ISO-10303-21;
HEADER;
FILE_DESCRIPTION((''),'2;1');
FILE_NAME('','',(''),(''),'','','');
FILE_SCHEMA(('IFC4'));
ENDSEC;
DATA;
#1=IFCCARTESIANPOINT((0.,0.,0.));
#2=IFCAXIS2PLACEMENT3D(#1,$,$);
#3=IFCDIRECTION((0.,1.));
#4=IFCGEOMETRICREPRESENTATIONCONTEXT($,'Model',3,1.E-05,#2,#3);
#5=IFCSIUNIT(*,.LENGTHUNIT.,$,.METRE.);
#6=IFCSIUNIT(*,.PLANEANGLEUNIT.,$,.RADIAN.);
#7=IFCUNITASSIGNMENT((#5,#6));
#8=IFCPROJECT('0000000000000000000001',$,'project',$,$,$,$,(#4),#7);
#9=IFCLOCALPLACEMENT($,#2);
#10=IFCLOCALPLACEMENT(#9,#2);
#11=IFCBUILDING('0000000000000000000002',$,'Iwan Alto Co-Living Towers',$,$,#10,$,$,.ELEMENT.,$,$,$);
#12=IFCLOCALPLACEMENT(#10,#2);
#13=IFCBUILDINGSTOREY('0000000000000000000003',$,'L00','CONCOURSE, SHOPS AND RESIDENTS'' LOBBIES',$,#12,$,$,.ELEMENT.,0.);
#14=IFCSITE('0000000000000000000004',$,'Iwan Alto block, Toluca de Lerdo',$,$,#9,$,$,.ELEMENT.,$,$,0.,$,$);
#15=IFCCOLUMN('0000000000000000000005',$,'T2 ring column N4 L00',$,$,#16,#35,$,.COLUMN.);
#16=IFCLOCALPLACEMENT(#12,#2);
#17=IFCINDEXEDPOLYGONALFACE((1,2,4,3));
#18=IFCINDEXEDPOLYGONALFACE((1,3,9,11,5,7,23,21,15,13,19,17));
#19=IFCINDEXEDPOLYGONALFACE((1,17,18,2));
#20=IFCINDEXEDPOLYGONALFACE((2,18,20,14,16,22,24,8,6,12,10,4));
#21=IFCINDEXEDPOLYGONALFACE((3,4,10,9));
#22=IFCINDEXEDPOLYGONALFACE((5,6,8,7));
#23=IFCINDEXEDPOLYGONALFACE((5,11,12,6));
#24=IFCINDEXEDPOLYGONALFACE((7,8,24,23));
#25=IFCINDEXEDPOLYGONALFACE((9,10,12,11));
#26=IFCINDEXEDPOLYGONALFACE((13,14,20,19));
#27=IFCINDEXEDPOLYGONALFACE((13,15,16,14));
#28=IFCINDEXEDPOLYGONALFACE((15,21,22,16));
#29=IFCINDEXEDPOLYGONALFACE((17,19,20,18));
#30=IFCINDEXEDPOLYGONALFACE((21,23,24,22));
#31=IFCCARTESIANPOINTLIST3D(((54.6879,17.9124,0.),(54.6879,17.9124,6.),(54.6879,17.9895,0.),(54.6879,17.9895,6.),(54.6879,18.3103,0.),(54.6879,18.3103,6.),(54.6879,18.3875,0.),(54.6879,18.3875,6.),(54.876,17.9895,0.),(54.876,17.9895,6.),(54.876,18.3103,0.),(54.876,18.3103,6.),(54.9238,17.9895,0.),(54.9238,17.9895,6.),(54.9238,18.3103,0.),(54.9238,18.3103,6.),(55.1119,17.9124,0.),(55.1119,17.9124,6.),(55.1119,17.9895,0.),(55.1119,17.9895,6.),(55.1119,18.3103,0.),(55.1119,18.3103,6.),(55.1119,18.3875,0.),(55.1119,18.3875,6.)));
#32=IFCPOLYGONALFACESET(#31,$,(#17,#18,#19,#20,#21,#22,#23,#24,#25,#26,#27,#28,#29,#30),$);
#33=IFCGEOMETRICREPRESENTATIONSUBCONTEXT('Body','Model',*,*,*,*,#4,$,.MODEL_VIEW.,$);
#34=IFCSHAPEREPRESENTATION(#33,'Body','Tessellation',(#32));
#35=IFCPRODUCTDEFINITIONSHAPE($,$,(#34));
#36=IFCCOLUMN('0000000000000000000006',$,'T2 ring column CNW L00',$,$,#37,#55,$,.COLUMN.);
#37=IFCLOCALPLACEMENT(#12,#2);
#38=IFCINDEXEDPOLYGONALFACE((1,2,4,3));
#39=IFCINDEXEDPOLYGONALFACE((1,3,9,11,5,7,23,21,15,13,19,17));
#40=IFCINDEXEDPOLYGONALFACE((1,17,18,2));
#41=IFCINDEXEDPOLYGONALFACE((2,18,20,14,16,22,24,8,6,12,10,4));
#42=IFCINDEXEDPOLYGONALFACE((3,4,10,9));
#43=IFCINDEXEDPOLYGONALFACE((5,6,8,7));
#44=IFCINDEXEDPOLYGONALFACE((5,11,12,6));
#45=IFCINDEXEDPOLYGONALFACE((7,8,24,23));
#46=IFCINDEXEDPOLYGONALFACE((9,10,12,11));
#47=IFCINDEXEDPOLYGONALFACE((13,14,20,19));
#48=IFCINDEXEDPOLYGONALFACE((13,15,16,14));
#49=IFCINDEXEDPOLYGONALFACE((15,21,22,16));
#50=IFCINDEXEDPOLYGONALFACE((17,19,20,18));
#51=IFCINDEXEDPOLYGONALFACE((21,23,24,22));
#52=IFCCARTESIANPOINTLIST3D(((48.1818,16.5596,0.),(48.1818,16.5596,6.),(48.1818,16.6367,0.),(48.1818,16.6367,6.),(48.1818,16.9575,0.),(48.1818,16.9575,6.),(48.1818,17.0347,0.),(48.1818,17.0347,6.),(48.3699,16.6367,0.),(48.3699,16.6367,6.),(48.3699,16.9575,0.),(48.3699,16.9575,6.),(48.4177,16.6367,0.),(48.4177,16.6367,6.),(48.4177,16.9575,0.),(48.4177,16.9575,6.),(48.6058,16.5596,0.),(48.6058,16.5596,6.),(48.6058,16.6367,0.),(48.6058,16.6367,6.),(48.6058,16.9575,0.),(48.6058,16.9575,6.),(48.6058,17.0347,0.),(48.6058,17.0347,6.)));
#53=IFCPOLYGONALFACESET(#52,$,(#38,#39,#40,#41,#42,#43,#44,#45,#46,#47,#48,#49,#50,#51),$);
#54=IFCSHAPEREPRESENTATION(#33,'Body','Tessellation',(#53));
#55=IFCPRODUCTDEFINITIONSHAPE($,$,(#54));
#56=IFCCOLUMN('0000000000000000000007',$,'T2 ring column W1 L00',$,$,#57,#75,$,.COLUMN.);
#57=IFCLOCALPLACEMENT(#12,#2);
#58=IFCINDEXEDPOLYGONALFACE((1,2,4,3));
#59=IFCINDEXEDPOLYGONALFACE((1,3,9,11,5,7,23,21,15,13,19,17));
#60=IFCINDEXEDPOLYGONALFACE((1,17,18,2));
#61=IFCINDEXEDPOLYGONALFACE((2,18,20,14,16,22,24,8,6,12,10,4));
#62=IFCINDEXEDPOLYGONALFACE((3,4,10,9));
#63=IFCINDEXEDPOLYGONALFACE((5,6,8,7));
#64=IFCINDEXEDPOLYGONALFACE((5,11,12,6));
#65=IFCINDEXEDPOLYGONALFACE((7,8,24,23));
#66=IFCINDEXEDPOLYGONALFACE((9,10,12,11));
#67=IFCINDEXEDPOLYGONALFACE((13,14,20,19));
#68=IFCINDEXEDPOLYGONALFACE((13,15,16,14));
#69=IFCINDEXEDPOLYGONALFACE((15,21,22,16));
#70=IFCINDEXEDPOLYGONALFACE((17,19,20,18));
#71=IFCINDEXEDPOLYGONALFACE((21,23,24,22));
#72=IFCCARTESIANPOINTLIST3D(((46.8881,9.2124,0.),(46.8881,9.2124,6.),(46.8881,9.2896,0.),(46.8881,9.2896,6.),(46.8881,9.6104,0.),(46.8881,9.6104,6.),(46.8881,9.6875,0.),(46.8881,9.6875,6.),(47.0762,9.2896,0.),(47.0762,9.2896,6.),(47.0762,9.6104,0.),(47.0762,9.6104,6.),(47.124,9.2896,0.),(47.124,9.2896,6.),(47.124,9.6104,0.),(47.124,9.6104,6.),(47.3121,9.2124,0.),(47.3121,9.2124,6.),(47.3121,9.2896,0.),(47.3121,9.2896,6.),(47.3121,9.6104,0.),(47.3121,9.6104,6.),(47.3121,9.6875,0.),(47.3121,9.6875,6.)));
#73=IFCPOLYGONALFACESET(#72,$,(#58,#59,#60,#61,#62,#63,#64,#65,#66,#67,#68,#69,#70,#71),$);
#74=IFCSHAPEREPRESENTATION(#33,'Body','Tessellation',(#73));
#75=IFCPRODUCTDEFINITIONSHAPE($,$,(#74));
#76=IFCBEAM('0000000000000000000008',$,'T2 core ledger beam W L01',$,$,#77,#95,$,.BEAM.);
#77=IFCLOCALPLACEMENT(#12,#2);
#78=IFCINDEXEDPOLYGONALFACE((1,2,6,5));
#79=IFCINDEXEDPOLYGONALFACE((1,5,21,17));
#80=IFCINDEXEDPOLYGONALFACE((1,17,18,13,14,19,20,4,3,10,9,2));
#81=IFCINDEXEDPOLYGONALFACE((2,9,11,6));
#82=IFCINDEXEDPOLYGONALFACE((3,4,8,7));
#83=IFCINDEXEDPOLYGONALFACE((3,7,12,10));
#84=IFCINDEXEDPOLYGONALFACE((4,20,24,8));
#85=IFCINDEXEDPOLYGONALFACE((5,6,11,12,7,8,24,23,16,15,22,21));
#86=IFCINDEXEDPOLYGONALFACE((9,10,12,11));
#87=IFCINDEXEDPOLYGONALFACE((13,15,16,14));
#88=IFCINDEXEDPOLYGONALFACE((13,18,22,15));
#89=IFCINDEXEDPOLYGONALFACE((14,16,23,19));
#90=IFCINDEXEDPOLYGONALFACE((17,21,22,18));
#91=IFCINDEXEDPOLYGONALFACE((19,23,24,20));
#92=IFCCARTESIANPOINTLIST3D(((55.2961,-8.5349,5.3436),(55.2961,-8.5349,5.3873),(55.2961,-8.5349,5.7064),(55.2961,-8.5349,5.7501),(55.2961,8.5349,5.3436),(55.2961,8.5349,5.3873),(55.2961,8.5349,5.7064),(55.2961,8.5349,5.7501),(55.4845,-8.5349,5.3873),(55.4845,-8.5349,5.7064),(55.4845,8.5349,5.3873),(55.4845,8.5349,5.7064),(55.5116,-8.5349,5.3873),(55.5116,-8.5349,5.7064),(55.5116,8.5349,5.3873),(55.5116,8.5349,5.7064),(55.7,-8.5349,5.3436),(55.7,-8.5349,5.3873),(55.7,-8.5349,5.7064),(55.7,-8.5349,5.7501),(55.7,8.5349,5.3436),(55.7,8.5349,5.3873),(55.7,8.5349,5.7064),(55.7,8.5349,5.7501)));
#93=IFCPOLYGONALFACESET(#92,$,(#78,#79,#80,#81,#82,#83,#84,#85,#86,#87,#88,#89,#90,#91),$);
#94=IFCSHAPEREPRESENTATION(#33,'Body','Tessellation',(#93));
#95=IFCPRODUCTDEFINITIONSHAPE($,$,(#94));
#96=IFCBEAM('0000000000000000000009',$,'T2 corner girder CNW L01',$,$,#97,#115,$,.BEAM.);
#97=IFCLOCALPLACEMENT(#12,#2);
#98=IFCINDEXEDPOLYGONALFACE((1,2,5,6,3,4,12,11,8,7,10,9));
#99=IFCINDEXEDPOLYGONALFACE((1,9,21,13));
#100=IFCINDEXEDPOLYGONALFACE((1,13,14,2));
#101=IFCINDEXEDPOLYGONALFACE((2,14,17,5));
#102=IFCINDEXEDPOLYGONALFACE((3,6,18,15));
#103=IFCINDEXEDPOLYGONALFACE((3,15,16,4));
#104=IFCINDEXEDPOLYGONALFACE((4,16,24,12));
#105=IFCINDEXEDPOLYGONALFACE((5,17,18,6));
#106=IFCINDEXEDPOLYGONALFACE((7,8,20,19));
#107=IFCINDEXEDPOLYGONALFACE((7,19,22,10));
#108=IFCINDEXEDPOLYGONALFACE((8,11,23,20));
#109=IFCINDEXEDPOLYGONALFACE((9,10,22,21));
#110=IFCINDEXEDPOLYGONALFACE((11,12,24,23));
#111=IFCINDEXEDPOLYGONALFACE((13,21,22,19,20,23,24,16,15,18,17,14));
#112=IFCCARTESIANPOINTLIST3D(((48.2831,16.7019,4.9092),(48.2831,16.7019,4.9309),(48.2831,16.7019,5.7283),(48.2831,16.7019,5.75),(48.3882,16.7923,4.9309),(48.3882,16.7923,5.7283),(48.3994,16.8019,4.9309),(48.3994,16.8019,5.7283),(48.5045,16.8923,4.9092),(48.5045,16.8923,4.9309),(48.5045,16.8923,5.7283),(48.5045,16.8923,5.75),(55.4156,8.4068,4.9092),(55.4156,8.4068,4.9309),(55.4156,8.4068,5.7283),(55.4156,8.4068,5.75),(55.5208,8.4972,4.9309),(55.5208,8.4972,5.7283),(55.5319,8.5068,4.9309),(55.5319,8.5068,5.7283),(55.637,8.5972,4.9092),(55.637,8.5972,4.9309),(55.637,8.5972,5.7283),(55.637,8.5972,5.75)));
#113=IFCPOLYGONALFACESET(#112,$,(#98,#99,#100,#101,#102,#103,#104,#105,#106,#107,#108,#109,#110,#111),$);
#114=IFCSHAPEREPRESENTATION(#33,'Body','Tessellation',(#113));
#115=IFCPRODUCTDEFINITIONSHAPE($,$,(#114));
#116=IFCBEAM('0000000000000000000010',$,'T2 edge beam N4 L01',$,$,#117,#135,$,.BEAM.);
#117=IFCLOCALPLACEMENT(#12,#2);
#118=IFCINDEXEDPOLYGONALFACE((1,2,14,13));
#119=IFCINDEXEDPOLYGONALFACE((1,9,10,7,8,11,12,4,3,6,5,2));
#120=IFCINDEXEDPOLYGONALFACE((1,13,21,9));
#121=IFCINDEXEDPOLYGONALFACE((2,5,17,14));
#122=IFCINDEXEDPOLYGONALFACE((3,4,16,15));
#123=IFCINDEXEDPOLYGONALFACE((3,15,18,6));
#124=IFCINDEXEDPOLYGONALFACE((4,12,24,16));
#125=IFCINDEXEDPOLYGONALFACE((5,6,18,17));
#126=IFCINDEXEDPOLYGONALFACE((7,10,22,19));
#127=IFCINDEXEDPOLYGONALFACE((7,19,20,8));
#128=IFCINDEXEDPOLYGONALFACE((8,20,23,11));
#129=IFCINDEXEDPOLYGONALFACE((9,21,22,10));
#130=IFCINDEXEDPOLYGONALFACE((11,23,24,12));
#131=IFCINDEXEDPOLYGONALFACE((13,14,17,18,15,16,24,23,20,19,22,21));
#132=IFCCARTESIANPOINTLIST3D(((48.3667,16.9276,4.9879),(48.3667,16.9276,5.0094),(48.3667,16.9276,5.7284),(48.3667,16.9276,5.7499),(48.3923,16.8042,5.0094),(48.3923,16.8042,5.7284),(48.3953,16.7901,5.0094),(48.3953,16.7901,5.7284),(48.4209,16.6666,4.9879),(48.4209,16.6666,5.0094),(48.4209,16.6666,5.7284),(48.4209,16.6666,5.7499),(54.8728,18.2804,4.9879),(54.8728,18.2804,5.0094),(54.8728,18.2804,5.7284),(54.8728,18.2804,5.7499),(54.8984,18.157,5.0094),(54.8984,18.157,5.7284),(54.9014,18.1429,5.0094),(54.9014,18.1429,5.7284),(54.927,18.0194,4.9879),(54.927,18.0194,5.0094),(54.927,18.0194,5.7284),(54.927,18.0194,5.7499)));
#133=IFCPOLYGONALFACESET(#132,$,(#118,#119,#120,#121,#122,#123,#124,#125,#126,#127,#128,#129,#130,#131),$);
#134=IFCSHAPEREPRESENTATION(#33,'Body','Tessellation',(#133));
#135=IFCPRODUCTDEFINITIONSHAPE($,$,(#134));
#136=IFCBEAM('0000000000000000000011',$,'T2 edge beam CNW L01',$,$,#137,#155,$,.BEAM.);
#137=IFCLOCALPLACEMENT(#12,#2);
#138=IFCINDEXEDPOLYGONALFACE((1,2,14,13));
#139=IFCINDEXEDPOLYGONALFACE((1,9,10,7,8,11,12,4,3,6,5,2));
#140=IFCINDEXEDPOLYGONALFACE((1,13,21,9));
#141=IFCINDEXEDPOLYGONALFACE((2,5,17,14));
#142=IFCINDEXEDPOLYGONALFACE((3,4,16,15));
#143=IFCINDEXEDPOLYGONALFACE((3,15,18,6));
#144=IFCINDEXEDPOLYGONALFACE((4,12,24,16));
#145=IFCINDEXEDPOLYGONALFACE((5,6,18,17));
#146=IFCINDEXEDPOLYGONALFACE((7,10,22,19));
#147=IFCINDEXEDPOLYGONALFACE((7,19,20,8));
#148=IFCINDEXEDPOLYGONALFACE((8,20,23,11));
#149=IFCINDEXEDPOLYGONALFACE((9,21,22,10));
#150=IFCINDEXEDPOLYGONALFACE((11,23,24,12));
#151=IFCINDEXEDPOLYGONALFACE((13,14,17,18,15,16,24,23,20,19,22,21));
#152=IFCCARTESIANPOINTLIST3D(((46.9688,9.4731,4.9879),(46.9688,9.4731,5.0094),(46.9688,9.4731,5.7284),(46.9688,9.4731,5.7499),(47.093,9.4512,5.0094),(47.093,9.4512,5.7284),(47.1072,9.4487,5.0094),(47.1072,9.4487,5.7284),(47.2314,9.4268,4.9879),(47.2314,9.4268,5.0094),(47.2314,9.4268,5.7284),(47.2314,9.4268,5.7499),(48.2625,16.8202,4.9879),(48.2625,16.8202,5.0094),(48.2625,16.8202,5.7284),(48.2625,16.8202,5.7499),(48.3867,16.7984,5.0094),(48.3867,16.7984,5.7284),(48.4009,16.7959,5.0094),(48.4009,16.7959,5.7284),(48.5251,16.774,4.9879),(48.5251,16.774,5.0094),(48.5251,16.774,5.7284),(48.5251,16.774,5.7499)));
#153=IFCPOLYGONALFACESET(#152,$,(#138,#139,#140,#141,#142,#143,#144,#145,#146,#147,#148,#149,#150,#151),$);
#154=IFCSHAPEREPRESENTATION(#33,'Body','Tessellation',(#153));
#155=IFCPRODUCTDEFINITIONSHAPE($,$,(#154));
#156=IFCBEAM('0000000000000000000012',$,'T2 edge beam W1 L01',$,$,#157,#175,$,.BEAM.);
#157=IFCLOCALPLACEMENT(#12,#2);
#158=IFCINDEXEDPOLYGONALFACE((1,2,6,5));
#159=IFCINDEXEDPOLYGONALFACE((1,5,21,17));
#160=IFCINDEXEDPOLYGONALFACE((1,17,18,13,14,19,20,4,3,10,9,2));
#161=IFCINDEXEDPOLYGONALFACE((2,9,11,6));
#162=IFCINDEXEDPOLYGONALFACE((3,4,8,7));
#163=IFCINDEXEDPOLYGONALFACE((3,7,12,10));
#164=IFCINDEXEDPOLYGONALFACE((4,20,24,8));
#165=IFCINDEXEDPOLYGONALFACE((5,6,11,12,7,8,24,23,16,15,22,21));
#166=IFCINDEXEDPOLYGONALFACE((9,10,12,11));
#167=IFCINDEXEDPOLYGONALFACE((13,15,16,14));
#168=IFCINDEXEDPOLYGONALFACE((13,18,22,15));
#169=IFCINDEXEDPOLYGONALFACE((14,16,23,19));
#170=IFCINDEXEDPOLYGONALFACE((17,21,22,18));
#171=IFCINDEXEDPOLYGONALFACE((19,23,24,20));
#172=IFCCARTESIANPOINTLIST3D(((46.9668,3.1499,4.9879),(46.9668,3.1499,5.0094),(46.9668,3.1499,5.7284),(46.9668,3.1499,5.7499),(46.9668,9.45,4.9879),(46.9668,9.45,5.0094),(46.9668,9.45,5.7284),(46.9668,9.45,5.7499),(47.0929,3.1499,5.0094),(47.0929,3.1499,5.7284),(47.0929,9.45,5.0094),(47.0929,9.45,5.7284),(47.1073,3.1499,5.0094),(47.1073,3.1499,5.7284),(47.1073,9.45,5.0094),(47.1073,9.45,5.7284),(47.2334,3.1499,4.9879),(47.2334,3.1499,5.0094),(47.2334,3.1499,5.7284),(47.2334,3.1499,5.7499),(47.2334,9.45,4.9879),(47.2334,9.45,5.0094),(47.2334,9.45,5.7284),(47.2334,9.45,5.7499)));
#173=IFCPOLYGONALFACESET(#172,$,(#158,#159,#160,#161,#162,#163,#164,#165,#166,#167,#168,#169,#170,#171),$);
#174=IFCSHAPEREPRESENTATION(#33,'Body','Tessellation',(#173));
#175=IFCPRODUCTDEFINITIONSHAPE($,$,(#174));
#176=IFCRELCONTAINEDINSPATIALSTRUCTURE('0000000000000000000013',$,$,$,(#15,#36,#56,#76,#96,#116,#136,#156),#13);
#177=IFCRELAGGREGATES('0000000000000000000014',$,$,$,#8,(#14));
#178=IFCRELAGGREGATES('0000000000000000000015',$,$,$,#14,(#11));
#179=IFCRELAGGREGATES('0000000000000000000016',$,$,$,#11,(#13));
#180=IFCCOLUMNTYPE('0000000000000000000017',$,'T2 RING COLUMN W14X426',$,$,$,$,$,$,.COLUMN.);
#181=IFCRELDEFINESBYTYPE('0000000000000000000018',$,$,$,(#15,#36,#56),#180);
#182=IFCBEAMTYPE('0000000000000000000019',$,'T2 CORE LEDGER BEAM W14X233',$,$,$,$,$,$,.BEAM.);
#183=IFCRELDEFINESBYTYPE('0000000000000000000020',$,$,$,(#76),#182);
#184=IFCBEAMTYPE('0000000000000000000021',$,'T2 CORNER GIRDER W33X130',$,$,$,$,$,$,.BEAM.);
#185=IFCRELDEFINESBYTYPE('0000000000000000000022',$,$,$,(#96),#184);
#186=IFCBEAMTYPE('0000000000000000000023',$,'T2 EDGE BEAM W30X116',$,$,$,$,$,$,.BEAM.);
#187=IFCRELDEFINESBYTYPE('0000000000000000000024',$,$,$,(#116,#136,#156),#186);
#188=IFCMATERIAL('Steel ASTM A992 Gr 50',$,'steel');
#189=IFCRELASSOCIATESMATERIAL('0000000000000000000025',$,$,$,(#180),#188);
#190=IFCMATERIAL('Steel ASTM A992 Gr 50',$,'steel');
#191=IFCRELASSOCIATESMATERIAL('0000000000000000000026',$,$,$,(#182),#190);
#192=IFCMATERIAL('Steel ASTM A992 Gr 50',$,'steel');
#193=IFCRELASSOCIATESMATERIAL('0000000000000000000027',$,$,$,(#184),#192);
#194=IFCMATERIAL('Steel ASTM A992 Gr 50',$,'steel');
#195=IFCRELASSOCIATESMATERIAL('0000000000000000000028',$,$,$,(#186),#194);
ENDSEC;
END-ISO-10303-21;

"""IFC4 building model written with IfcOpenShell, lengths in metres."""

from ifc_helpers import new_model, si_unit, direction, frame, origin, origin_2d, place, context, subcontext, project, spatial, i_section, extrude, material, material_profile, profile_set, type_object, element, save


model = new_model("IFC4")

# Units and contexts
model_context = context("Model", 3, precision=1e-05, world=origin(), true_north=direction((0.0, 1.0)))
body_context = subcontext(model_context, "Body", "Model", "MODEL_VIEW")
ifc_project = project(units=[si_unit("LENGTHUNIT", "METRE"), si_unit("PLANEANGLEUNIT", "RADIAN")], contexts=[model_context])

# Site, building, storey
site_placement = place(None, origin())
site = spatial("IfcSite", under=ifc_project, at=site_placement, Name="Iwan Alto block, Toluca de Lerdo", CompositionType="ELEMENT", RefElevation=0.0)
building_placement = place(site_placement, origin())
building = spatial("IfcBuilding", under=site, at=building_placement, Name="Iwan Alto Co-Living Towers", CompositionType="ELEMENT")
storey_placement = place(building_placement, origin())
storey = spatial("IfcBuildingStorey", under=building, at=storey_placement, Name="L00", Description="CONCOURSE, SHOPS AND RESIDENTS' LOBBIES", CompositionType="ELEMENT", Elevation=0.0)

# Columns
ifc_material_1 = material(Name="Steel ASTM A992 Gr 50", Category="steel")
ifc_material_profile_1 = material_profile(ifc_material_1, i_section(OverallWidth=0.4241, OverallDepth=0.4751, WebThickness=0.0479, FlangeThickness=0.0771, at=origin_2d()), Name="W14X426")
ifc_profile_set_1 = profile_set([ifc_material_profile_1], Name="Steel ASTM A992 Gr 50")
column_type = type_object("IfcColumnType", Name="T2 RING COLUMN W14X426", PredefinedType="COLUMN", material=ifc_profile_set_1)
for number, where, z_axis, x_axis, name in (
    (1, (54.8999, 18.1499, 0.0), (0.0, 0.0, 1.0), (1.0, 0.0, 0.0), "T2 ring column N4 L00"),
    (2, (48.3938, 16.7971, 0.0), (0.0, 0.0, 1.0), (1.0, 0.0, 0.0), "T2 ring column CNW L00"),
    (3, (47.1001, 9.45, 0.0), (0.0, 0.0, 1.0), (1.0, 0.0, 0.0), "T2 ring column W1 L00"),
):
    element("IfcColumn", number, at=place(storey_placement, frame(where, z_axis=z_axis, x_axis=x_axis)), inside=storey, type_object=column_type, Name=name, PredefinedType="COLUMN", context=body_context, shape_type="SweptSolid", body=[
        extrude(i_section(OverallWidth=0.4241, OverallDepth=0.4751, WebThickness=0.0479, FlangeThickness=0.0771, at=origin_2d()), origin(), (0.0, 0.0, 1.0), 6.0),
    ])

# Beams
ifc_material_2 = material(Name="Steel ASTM A992 Gr 50", Category="steel")
ifc_material_profile_2 = material_profile(ifc_material_2, i_section(OverallWidth=0.4038, OverallDepth=0.4065, WebThickness=0.0271, FlangeThickness=0.0437, at=origin_2d()), Name="W14X233")
ifc_profile_set_2 = profile_set([ifc_material_profile_2], Name="Steel ASTM A992 Gr 50")
beam_type_1 = type_object("IfcBeamType", Name="T2 CORE LEDGER BEAM W14X233", PredefinedType="BEAM", material=ifc_profile_set_2)
beam_1_placement = place(storey_placement, frame((55.498, 8.5349, 5.5469), z_axis=(0.0, -1.0, 0.0), x_axis=(1.0, 0.0, 0.0)))
element("IfcBeam", 4, at=beam_1_placement, inside=storey, type_object=beam_type_1, Name="T2 core ledger beam W L01", PredefinedType="BEAM", context=body_context, shape_type="SweptSolid", body=[
    extrude(i_section(OverallWidth=0.4038, OverallDepth=0.4065, WebThickness=0.0271, FlangeThickness=0.0437, at=origin_2d()), origin(), (0.0, 0.0, 1.0), 17.0698),
])
ifc_material_3 = material(Name="Steel ASTM A992 Gr 50", Category="steel")
ifc_material_profile_3 = material_profile(ifc_material_3, i_section(OverallWidth=0.292, OverallDepth=0.8408, WebThickness=0.0146, FlangeThickness=0.0217, at=origin_2d()), Name="W33X130")
ifc_profile_set_3 = profile_set([ifc_material_profile_3], Name="Steel ASTM A992 Gr 50")
beam_type_2 = type_object("IfcBeamType", Name="T2 CORNER GIRDER W33X130", PredefinedType="BEAM", material=ifc_profile_set_3)
beam_2_placement = place(storey_placement, frame((48.3938, 16.7971, 5.3296), z_axis=(0.651972, -0.758243, 0.0), x_axis=(0.758243, 0.651972, 0.0)))
element("IfcBeam", 5, at=beam_2_placement, inside=storey, type_object=beam_type_2, Name="T2 corner girder CNW L01", PredefinedType="BEAM", context=body_context, shape_type="SweptSolid", body=[
    extrude(i_section(OverallWidth=0.292, OverallDepth=0.8408, WebThickness=0.0146, FlangeThickness=0.0217, at=origin_2d()), origin(), (0.0, 0.0, 1.0), 10.9399),
])
ifc_material_4 = material(Name="Steel ASTM A992 Gr 50", Category="steel")
ifc_material_profile_4 = material_profile(ifc_material_4, i_section(OverallWidth=0.2666, OverallDepth=0.762, WebThickness=0.0144, FlangeThickness=0.0215, at=origin_2d()), Name="W30X116")
ifc_profile_set_4 = profile_set([ifc_material_profile_4], Name="Steel ASTM A992 Gr 50")
beam_type_3 = type_object("IfcBeamType", Name="T2 EDGE BEAM W30X116", PredefinedType="BEAM", material=ifc_profile_set_4)
beam_3_placement = place(storey_placement, frame((54.8999, 18.1499, 5.3689), z_axis=(-0.97906, -0.203571, 0.0), x_axis=(0.203571, -0.97906, 0.0)))
element("IfcBeam", 6, at=beam_3_placement, inside=storey, type_object=beam_type_3, Name="T2 edge beam N4 L01", PredefinedType="BEAM", context=body_context, shape_type="SweptSolid", body=[
    extrude(i_section(OverallWidth=0.2666, OverallDepth=0.762, WebThickness=0.0144, FlangeThickness=0.0215, at=origin_2d()), origin(), (0.0, 0.0, 1.0), 6.6453),
])
beam_4_placement = place(storey_placement, frame((48.3938, 16.7971, 5.3689), z_axis=(-0.173414, -0.984849, 0.0), x_axis=(0.984849, -0.173414, 0.0)))
element("IfcBeam", 7, at=beam_4_placement, inside=storey, type_object=beam_type_3, Name="T2 edge beam CNW L01", PredefinedType="BEAM", context=body_context, shape_type="SweptSolid", body=[
    extrude(i_section(OverallWidth=0.2666, OverallDepth=0.762, WebThickness=0.0144, FlangeThickness=0.0215, at=origin_2d()), origin(), (0.0, 0.0, 1.0), 7.4602),
])
beam_5_placement = place(storey_placement, frame((47.1001, 9.45, 5.3689), z_axis=(0.0, -1.0, 0.0), x_axis=(1.0, 0.0, 0.0)))
element("IfcBeam", 8, at=beam_5_placement, inside=storey, type_object=beam_type_3, Name="T2 edge beam W1 L01", PredefinedType="BEAM", context=body_context, shape_type="SweptSolid", body=[
    extrude(i_section(OverallWidth=0.2666, OverallDepth=0.762, WebThickness=0.0144, FlangeThickness=0.0215, at=origin_2d()), origin(), (0.0, 0.0, 1.0), 6.3),
])

save(model, "model.ifc")
